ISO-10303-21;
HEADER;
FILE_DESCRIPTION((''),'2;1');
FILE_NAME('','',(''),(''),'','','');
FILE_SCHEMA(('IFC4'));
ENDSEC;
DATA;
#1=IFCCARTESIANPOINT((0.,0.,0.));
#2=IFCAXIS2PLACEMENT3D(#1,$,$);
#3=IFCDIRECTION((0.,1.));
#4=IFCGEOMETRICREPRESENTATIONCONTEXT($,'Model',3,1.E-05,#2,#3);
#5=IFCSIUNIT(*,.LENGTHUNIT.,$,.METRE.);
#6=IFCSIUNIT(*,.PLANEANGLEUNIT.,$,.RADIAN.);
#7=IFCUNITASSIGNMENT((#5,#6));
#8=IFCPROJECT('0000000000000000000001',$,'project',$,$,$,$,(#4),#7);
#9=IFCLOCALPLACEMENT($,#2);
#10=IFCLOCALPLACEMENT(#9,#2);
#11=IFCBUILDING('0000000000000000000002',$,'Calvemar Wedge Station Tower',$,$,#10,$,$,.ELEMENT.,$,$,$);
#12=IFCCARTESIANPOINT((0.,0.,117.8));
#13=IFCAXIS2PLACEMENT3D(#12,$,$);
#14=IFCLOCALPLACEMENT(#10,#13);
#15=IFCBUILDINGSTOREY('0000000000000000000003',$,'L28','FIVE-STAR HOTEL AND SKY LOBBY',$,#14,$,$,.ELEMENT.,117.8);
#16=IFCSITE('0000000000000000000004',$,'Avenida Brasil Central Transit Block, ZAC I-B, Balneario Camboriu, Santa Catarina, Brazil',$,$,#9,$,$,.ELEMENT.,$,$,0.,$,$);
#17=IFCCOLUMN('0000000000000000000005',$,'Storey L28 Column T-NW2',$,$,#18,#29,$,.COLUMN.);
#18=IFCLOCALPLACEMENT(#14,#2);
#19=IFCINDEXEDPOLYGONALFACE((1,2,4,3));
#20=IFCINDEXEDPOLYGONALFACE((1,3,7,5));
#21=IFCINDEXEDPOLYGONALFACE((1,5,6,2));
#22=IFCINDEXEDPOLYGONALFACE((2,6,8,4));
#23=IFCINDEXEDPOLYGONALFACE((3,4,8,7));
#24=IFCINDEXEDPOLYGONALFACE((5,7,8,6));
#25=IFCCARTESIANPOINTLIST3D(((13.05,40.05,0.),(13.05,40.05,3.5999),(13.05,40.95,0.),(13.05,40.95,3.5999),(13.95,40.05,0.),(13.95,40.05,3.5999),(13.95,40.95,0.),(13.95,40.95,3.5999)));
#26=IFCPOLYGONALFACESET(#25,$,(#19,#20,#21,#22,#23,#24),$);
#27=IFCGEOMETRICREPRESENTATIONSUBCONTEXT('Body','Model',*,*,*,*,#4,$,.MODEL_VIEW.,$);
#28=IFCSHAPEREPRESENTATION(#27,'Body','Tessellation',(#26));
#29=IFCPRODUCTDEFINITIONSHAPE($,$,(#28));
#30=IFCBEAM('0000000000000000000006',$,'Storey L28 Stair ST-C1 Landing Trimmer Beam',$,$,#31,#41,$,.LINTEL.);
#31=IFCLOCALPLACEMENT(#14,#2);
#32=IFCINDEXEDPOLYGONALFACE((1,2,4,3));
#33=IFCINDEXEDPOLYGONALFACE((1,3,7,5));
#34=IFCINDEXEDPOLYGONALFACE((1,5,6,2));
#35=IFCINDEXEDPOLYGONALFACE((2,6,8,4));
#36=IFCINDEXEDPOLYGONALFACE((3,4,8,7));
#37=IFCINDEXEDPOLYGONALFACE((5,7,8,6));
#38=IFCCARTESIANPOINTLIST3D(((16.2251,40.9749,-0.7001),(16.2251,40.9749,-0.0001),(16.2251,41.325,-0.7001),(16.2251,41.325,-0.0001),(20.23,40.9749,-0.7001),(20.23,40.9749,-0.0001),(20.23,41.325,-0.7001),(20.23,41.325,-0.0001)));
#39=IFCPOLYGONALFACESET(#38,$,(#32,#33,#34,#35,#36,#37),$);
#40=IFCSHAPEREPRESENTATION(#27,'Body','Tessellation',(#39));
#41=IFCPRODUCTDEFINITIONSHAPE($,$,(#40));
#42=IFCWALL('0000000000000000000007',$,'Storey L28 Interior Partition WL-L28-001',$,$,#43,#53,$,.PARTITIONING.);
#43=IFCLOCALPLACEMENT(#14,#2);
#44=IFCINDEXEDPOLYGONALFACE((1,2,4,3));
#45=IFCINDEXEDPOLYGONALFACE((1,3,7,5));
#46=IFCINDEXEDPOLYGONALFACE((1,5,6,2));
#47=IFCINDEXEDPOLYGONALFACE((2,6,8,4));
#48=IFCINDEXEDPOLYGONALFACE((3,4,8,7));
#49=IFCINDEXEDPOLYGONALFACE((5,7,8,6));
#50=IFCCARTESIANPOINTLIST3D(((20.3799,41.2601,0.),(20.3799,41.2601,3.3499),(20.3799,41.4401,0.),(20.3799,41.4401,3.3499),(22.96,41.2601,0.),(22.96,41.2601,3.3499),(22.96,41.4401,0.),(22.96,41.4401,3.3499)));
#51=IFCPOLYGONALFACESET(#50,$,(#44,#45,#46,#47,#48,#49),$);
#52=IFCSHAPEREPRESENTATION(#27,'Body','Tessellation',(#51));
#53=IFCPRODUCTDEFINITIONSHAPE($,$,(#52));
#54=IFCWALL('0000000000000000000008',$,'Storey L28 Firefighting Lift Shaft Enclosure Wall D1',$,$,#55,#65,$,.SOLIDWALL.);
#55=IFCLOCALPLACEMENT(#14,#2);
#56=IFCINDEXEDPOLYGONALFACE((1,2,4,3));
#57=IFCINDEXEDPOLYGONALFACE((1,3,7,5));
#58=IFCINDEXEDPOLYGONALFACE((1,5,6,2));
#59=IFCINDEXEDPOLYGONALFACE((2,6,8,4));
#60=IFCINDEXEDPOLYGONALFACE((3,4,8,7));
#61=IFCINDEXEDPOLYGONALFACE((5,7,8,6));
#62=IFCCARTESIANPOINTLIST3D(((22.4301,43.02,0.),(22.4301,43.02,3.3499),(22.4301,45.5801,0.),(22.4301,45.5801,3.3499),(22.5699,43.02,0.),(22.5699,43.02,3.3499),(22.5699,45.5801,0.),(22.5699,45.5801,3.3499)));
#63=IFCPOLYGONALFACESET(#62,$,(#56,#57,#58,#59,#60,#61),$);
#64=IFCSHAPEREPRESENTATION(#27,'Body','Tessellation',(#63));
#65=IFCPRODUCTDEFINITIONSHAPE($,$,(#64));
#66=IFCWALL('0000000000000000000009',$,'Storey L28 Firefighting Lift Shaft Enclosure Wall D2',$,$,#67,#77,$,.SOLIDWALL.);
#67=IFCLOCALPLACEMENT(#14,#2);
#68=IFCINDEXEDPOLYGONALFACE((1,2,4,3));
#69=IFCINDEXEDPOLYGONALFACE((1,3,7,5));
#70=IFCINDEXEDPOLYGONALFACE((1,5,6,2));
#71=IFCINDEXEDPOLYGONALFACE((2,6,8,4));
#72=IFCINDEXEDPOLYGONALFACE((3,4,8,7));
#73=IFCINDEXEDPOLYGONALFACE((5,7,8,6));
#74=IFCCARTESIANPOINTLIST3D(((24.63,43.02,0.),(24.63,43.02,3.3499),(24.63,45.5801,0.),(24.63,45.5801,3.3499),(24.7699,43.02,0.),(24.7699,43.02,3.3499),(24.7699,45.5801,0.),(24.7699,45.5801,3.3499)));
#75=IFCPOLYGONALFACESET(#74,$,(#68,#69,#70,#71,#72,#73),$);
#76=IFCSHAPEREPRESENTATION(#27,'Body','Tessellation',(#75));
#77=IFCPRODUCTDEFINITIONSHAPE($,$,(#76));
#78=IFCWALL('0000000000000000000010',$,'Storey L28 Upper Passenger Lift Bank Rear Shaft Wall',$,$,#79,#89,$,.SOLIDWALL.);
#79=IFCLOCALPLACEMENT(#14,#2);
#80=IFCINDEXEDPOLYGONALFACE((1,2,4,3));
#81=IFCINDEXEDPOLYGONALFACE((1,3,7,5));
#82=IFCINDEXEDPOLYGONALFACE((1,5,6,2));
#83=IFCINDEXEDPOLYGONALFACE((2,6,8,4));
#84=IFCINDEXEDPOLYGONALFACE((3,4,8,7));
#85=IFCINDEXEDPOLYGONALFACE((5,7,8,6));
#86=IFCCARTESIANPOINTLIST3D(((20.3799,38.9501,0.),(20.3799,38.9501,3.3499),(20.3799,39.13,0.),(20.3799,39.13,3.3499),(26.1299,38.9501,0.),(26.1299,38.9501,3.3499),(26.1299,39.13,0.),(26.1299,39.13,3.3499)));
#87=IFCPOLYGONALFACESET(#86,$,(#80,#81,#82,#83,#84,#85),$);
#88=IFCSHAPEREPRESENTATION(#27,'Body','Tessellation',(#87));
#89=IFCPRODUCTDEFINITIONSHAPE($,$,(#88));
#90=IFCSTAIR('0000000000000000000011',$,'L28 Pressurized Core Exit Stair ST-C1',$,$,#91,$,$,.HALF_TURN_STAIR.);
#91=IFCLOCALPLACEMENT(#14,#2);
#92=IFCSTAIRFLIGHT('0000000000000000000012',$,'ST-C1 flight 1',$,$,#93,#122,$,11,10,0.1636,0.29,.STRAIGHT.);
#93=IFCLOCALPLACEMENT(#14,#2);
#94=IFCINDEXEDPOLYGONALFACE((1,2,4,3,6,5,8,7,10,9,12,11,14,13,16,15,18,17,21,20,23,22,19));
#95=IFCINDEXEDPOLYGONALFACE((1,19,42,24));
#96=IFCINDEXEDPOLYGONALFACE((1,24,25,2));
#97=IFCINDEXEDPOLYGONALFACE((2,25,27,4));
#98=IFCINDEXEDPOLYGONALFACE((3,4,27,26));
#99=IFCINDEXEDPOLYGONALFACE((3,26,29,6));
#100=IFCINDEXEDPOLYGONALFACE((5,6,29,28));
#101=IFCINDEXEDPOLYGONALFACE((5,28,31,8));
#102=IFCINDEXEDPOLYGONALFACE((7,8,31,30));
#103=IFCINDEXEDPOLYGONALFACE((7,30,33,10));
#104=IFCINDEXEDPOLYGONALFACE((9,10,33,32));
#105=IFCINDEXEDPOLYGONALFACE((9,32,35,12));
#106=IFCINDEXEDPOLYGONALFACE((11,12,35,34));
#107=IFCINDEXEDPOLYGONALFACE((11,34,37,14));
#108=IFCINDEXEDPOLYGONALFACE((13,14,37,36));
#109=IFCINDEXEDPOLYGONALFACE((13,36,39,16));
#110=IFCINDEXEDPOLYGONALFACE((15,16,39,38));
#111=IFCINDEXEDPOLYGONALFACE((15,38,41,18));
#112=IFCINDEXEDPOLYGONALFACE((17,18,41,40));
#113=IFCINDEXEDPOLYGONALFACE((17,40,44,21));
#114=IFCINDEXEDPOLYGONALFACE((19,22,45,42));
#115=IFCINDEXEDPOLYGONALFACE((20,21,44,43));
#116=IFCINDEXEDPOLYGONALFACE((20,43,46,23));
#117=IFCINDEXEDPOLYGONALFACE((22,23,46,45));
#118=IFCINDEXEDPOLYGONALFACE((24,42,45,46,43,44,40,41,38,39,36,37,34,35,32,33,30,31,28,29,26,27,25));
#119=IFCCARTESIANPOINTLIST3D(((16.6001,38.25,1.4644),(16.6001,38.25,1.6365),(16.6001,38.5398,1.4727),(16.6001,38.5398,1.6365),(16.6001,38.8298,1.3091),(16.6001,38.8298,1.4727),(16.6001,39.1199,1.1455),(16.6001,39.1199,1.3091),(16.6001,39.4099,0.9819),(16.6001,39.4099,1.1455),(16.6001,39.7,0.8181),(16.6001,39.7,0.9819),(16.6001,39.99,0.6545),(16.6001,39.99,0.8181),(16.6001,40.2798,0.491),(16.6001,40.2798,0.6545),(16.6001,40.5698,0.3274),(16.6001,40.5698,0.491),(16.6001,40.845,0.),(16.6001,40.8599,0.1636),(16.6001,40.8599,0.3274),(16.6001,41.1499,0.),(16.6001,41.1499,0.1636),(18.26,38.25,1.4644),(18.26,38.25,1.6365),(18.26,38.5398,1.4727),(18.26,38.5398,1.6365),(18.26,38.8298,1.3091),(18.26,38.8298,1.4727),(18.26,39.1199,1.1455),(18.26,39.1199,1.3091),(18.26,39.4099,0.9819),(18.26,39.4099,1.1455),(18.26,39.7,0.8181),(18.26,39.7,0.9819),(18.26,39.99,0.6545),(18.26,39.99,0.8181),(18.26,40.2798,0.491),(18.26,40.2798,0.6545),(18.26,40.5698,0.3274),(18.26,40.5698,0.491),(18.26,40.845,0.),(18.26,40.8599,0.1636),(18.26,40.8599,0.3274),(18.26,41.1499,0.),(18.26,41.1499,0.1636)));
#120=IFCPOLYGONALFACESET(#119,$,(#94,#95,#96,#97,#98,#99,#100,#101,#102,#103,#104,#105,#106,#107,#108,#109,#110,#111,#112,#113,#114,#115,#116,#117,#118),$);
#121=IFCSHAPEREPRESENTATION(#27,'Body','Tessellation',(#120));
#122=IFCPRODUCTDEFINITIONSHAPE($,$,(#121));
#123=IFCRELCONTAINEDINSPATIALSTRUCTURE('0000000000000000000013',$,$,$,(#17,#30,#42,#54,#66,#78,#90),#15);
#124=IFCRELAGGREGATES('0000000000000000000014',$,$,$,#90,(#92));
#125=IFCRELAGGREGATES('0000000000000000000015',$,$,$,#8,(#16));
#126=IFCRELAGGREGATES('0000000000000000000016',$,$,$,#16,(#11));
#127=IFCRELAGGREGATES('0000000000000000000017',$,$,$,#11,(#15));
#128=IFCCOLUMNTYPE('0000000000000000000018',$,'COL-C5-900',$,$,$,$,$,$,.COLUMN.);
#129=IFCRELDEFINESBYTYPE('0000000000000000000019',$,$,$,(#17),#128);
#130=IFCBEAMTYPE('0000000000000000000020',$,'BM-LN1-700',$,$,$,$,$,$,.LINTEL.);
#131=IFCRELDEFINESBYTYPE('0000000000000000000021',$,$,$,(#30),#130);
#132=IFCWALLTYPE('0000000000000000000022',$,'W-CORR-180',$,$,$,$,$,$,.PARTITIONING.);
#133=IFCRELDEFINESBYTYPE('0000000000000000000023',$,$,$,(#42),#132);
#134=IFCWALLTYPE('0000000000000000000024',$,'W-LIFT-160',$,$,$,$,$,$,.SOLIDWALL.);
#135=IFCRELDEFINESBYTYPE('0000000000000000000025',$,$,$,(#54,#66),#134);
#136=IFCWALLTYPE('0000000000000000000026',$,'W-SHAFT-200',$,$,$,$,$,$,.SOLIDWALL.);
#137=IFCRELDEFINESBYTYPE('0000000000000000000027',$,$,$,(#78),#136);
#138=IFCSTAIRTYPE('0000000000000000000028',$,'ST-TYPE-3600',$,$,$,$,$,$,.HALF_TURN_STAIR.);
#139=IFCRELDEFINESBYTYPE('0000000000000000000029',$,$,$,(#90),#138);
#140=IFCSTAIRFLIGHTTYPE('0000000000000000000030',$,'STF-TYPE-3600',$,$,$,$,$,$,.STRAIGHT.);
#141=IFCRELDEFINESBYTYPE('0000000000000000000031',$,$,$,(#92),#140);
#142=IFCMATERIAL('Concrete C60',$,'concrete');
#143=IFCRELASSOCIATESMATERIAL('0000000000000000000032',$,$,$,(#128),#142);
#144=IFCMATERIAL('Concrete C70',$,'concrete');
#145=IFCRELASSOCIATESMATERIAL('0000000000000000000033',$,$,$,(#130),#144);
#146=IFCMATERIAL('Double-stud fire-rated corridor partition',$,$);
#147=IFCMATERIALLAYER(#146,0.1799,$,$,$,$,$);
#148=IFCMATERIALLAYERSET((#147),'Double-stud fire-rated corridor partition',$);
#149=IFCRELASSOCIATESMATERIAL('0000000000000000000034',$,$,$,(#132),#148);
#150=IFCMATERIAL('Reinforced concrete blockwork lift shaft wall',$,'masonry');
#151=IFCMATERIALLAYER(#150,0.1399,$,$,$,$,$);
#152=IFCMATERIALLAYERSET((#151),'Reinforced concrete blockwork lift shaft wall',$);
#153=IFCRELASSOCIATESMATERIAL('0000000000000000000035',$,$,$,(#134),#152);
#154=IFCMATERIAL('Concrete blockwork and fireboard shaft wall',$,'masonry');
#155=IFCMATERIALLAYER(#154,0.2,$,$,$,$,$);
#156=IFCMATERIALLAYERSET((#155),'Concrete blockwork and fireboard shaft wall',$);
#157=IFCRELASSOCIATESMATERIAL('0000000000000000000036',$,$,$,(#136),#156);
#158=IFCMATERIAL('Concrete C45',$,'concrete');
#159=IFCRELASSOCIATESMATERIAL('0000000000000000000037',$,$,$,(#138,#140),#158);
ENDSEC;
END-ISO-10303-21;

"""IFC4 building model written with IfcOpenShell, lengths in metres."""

from ifc_helpers import new_model, si_unit, direction, frame, frame_2d, origin, origin_2d, place, context, subcontext, project, spatial, polyline, rectangle, outline, extrude, source, transform, mapped, material, layer, layer_set, material_profile, profile_set, type_object, element, aggregate, save


model = new_model("IFC4")

# Units and contexts
model_context = context("Model", 3, precision=1e-05, world=origin(), true_north=direction((0.0, 1.0)))
body_context = subcontext(model_context, "Body", "Model", "MODEL_VIEW")
ifc_project = project(units=[si_unit("LENGTHUNIT", "METRE"), si_unit("PLANEANGLEUNIT", "RADIAN")], contexts=[model_context])

# Site, building, storey
site_placement = place(None, origin())
site = spatial("IfcSite", under=ifc_project, at=site_placement, Name="Avenida Brasil Central Transit Block, ZAC I-B, Balneario Camboriu, Santa Catarina, Brazil", CompositionType="ELEMENT", RefElevation=0.0)
building_placement = place(site_placement, origin())
building = spatial("IfcBuilding", under=site, at=building_placement, Name="Calvemar Wedge Station Tower", CompositionType="ELEMENT")
storey_placement = place(building_placement, frame((0.0, 0.0, 117.8)))
storey = spatial("IfcBuildingStorey", under=building, at=storey_placement, Name="L28", Description="FIVE-STAR HOTEL AND SKY LOBBY", CompositionType="ELEMENT", Elevation=117.8)

# Column
ifc_material_1 = material(Name="Concrete C60", Category="concrete")
ifc_material_profile_1 = material_profile(ifc_material_1, rectangle(XDim=0.8999, YDim=0.8999, at=origin_2d()), Name="RC900x900")
ifc_profile_set_1 = profile_set([ifc_material_profile_1], Name="Concrete C60")
column_type = type_object("IfcColumnType", Name="COL-C5-900", PredefinedType="COLUMN", material=ifc_profile_set_1)
shared_shape_1 = source(origin(), body_context, "Body", "SweptSolid", [
    extrude(rectangle(XDim=0.8999, YDim=0.8999, at=origin_2d()), origin(), (0.0, 0.0, 1.0), 3.5999),
])
column_placement = place(storey_placement, frame((13.5, 40.5, 0.0), z_axis=(0.0, 0.0, 1.0), x_axis=(1.0, 0.0, 0.0)))
element("IfcColumn", 1, at=column_placement, inside=storey, type_object=column_type, Name="Storey L28 Column T-NW2", PredefinedType="COLUMN", context=body_context, shape_type="MappedRepresentation", body=[
    mapped(shared_shape_1, transform((0.0, 0.0, 0.0), scale=1.0)),
])

# Beam
ifc_material_2 = material(Name="Concrete C70", Category="concrete")
ifc_material_profile_2 = material_profile(ifc_material_2, rectangle(XDim=0.3501, YDim=0.7, at=origin_2d()), Name="RC350x700")
ifc_profile_set_2 = profile_set([ifc_material_profile_2], Name="Concrete C70")
beam_type = type_object("IfcBeamType", Name="BM-LN1-700", PredefinedType="LINTEL", material=ifc_profile_set_2)
shared_shape_2 = source(origin(), body_context, "Body", "SweptSolid", [
    extrude(rectangle(XDim=0.3501, YDim=0.7, at=origin_2d()), origin(), (0.0, 0.0, 1.0), 4.0049),
])
beam_placement = place(storey_placement, frame((16.2251, 41.1499, -0.3501), z_axis=(1.0, 0.0, 0.0), x_axis=(0.0, 1.0, 0.0)))
element("IfcBeam", 2, at=beam_placement, inside=storey, type_object=beam_type, Name="Storey L28 Stair ST-C1 Landing Trimmer Beam", PredefinedType="LINTEL", context=body_context, shape_type="MappedRepresentation", body=[
    mapped(shared_shape_2, transform((0.0, 0.0, 0.0), scale=1.0)),
])

# Wall
ifc_material_3 = material(Name="Double-stud fire-rated corridor partition")
ifc_layer_1 = layer(ifc_material_3, 0.1799)
ifc_layer_set_1 = layer_set([ifc_layer_1], Name="Double-stud fire-rated corridor partition")
wall_type_1 = type_object("IfcWallType", Name="W-CORR-180", PredefinedType="PARTITIONING", material=ifc_layer_set_1)
wall_1_placement = place(storey_placement, frame((22.96, 41.3501, 0.0), z_axis=(0.0, 0.0, 1.0), x_axis=(-1.0, 0.0, 0.0)))
element("IfcWall", 3, at=wall_1_placement, inside=storey, type_object=wall_type_1, Name="Storey L28 Interior Partition WL-L28-001", PredefinedType="PARTITIONING", context=body_context, shape_type="SweptSolid", body=[
    extrude(rectangle(XDim=2.5801, YDim=0.1799, at=frame_2d((1.29, 0.0))), origin(), (0.0, 0.0, 1.0), 3.3499),
])

# Shared definitions
ifc_material_4 = material(Name="Reinforced concrete blockwork lift shaft wall", Category="masonry")
ifc_layer_2 = layer(ifc_material_4, 0.1399)
ifc_layer_set_2 = layer_set([ifc_layer_2], Name="Reinforced concrete blockwork lift shaft wall")
wall_type_2 = type_object("IfcWallType", Name="W-LIFT-160", PredefinedType="SOLIDWALL", material=ifc_layer_set_2)

# Walls
for number, where, z_axis, x_axis, name in (
    (4, (22.5, 43.02, 0.0), (0.0, 0.0, 1.0), (0.0, 1.0, 0.0), "Storey L28 Firefighting Lift Shaft Enclosure Wall D1"),
    (5, (24.7, 43.02, 0.0), (0.0, 0.0, 1.0), (0.0, 1.0, 0.0), "Storey L28 Firefighting Lift Shaft Enclosure Wall D2"),
):
    element("IfcWall", number, at=place(storey_placement, frame(where, z_axis=z_axis, x_axis=x_axis)), inside=storey, type_object=wall_type_2, Name=name, PredefinedType="SOLIDWALL", context=body_context, shape_type="SweptSolid", body=[
        extrude(rectangle(XDim=2.5601, YDim=0.1399, at=frame_2d((1.28, 0.0))), origin(), (0.0, 0.0, 1.0), 3.3499),
    ])
ifc_material_5 = material(Name="Concrete blockwork and fireboard shaft wall", Category="masonry")
ifc_layer_3 = layer(ifc_material_5, 0.2)
ifc_layer_set_3 = layer_set([ifc_layer_3], Name="Concrete blockwork and fireboard shaft wall")
wall_type_3 = type_object("IfcWallType", Name="W-SHAFT-200", PredefinedType="SOLIDWALL", material=ifc_layer_set_3)
wall_2_placement = place(storey_placement, frame((20.3799, 39.04, 0.0), z_axis=(0.0, 0.0, 1.0), x_axis=(1.0, 0.0, 0.0)))
element("IfcWall", 6, at=wall_2_placement, inside=storey, type_object=wall_type_3, Name="Storey L28 Upper Passenger Lift Bank Rear Shaft Wall", PredefinedType="SOLIDWALL", context=body_context, shape_type="SweptSolid", body=[
    extrude(rectangle(XDim=5.75, YDim=0.1799, at=frame_2d((2.875, 0.0))), origin(), (0.0, 0.0, 1.0), 3.3499),
])

# Stair, stair flight
ifc_material_6 = material(Name="Concrete C45", Category="concrete")
stair_type = type_object("IfcStairType", Name="ST-TYPE-3600", PredefinedType="HALF_TURN_STAIR", material=ifc_material_6)
stair_placement = place(storey_placement, origin())
stair = element("IfcStair", 7, at=stair_placement, inside=storey, type_object=stair_type, Name="L28 Pressurized Core Exit Stair ST-C1", PredefinedType="HALF_TURN_STAIR")
stair_flight_type = type_object("IfcStairFlightType", Name="STF-TYPE-3600", PredefinedType="STRAIGHT", material=ifc_material_6)
stair_flight_placement = place(storey_placement, frame((17.4299, 41.1499, 0.0), z_axis=(0.0, 0.0, 1.0), x_axis=(0.0, -1.0, 0.0)))
stair_flight = element("IfcStairFlight", 8, at=stair_flight_placement, type_object=stair_flight_type, Name="ST-C1 flight 1", NumberOfRisers=11, NumberOfTreads=10, PredefinedType="STRAIGHT", RiserHeight=0.1636, TreadLength=0.29, context=body_context, shape_type="SweptSolid", body=[
    extrude(outline(polyline([(0.0, 0.0), (0.0, 0.1636), (0.29, 0.1636), (0.29, 0.3274), (0.5801, 0.3274), (0.5801, 0.491), (0.8701, 0.491), (0.8701, 0.6545), (1.1599, 0.6545), (1.1599, 0.8181), (1.45, 0.8181), (1.45, 0.9819), (1.74, 0.9819), (1.74, 1.1455), (2.03, 1.1455), (2.03, 1.3091), (2.3201, 1.3091), (2.3201, 1.4727), (2.6101, 1.4727), (2.6101, 1.6365), (2.8999, 1.6365), (2.8999, 1.8), (2.8999, 1.4644), (0.3049, 0.0), (0.0, 0.0)])), frame((0.0, 0.8301, 0.0), z_axis=(0.0, -1.0, 0.0), x_axis=(1.0, 0.0, 0.0)), (0.0, 0.0, 1.0), 1.6599),
])
aggregate(stair, [stair_flight])

save(model, "model.ifc")
